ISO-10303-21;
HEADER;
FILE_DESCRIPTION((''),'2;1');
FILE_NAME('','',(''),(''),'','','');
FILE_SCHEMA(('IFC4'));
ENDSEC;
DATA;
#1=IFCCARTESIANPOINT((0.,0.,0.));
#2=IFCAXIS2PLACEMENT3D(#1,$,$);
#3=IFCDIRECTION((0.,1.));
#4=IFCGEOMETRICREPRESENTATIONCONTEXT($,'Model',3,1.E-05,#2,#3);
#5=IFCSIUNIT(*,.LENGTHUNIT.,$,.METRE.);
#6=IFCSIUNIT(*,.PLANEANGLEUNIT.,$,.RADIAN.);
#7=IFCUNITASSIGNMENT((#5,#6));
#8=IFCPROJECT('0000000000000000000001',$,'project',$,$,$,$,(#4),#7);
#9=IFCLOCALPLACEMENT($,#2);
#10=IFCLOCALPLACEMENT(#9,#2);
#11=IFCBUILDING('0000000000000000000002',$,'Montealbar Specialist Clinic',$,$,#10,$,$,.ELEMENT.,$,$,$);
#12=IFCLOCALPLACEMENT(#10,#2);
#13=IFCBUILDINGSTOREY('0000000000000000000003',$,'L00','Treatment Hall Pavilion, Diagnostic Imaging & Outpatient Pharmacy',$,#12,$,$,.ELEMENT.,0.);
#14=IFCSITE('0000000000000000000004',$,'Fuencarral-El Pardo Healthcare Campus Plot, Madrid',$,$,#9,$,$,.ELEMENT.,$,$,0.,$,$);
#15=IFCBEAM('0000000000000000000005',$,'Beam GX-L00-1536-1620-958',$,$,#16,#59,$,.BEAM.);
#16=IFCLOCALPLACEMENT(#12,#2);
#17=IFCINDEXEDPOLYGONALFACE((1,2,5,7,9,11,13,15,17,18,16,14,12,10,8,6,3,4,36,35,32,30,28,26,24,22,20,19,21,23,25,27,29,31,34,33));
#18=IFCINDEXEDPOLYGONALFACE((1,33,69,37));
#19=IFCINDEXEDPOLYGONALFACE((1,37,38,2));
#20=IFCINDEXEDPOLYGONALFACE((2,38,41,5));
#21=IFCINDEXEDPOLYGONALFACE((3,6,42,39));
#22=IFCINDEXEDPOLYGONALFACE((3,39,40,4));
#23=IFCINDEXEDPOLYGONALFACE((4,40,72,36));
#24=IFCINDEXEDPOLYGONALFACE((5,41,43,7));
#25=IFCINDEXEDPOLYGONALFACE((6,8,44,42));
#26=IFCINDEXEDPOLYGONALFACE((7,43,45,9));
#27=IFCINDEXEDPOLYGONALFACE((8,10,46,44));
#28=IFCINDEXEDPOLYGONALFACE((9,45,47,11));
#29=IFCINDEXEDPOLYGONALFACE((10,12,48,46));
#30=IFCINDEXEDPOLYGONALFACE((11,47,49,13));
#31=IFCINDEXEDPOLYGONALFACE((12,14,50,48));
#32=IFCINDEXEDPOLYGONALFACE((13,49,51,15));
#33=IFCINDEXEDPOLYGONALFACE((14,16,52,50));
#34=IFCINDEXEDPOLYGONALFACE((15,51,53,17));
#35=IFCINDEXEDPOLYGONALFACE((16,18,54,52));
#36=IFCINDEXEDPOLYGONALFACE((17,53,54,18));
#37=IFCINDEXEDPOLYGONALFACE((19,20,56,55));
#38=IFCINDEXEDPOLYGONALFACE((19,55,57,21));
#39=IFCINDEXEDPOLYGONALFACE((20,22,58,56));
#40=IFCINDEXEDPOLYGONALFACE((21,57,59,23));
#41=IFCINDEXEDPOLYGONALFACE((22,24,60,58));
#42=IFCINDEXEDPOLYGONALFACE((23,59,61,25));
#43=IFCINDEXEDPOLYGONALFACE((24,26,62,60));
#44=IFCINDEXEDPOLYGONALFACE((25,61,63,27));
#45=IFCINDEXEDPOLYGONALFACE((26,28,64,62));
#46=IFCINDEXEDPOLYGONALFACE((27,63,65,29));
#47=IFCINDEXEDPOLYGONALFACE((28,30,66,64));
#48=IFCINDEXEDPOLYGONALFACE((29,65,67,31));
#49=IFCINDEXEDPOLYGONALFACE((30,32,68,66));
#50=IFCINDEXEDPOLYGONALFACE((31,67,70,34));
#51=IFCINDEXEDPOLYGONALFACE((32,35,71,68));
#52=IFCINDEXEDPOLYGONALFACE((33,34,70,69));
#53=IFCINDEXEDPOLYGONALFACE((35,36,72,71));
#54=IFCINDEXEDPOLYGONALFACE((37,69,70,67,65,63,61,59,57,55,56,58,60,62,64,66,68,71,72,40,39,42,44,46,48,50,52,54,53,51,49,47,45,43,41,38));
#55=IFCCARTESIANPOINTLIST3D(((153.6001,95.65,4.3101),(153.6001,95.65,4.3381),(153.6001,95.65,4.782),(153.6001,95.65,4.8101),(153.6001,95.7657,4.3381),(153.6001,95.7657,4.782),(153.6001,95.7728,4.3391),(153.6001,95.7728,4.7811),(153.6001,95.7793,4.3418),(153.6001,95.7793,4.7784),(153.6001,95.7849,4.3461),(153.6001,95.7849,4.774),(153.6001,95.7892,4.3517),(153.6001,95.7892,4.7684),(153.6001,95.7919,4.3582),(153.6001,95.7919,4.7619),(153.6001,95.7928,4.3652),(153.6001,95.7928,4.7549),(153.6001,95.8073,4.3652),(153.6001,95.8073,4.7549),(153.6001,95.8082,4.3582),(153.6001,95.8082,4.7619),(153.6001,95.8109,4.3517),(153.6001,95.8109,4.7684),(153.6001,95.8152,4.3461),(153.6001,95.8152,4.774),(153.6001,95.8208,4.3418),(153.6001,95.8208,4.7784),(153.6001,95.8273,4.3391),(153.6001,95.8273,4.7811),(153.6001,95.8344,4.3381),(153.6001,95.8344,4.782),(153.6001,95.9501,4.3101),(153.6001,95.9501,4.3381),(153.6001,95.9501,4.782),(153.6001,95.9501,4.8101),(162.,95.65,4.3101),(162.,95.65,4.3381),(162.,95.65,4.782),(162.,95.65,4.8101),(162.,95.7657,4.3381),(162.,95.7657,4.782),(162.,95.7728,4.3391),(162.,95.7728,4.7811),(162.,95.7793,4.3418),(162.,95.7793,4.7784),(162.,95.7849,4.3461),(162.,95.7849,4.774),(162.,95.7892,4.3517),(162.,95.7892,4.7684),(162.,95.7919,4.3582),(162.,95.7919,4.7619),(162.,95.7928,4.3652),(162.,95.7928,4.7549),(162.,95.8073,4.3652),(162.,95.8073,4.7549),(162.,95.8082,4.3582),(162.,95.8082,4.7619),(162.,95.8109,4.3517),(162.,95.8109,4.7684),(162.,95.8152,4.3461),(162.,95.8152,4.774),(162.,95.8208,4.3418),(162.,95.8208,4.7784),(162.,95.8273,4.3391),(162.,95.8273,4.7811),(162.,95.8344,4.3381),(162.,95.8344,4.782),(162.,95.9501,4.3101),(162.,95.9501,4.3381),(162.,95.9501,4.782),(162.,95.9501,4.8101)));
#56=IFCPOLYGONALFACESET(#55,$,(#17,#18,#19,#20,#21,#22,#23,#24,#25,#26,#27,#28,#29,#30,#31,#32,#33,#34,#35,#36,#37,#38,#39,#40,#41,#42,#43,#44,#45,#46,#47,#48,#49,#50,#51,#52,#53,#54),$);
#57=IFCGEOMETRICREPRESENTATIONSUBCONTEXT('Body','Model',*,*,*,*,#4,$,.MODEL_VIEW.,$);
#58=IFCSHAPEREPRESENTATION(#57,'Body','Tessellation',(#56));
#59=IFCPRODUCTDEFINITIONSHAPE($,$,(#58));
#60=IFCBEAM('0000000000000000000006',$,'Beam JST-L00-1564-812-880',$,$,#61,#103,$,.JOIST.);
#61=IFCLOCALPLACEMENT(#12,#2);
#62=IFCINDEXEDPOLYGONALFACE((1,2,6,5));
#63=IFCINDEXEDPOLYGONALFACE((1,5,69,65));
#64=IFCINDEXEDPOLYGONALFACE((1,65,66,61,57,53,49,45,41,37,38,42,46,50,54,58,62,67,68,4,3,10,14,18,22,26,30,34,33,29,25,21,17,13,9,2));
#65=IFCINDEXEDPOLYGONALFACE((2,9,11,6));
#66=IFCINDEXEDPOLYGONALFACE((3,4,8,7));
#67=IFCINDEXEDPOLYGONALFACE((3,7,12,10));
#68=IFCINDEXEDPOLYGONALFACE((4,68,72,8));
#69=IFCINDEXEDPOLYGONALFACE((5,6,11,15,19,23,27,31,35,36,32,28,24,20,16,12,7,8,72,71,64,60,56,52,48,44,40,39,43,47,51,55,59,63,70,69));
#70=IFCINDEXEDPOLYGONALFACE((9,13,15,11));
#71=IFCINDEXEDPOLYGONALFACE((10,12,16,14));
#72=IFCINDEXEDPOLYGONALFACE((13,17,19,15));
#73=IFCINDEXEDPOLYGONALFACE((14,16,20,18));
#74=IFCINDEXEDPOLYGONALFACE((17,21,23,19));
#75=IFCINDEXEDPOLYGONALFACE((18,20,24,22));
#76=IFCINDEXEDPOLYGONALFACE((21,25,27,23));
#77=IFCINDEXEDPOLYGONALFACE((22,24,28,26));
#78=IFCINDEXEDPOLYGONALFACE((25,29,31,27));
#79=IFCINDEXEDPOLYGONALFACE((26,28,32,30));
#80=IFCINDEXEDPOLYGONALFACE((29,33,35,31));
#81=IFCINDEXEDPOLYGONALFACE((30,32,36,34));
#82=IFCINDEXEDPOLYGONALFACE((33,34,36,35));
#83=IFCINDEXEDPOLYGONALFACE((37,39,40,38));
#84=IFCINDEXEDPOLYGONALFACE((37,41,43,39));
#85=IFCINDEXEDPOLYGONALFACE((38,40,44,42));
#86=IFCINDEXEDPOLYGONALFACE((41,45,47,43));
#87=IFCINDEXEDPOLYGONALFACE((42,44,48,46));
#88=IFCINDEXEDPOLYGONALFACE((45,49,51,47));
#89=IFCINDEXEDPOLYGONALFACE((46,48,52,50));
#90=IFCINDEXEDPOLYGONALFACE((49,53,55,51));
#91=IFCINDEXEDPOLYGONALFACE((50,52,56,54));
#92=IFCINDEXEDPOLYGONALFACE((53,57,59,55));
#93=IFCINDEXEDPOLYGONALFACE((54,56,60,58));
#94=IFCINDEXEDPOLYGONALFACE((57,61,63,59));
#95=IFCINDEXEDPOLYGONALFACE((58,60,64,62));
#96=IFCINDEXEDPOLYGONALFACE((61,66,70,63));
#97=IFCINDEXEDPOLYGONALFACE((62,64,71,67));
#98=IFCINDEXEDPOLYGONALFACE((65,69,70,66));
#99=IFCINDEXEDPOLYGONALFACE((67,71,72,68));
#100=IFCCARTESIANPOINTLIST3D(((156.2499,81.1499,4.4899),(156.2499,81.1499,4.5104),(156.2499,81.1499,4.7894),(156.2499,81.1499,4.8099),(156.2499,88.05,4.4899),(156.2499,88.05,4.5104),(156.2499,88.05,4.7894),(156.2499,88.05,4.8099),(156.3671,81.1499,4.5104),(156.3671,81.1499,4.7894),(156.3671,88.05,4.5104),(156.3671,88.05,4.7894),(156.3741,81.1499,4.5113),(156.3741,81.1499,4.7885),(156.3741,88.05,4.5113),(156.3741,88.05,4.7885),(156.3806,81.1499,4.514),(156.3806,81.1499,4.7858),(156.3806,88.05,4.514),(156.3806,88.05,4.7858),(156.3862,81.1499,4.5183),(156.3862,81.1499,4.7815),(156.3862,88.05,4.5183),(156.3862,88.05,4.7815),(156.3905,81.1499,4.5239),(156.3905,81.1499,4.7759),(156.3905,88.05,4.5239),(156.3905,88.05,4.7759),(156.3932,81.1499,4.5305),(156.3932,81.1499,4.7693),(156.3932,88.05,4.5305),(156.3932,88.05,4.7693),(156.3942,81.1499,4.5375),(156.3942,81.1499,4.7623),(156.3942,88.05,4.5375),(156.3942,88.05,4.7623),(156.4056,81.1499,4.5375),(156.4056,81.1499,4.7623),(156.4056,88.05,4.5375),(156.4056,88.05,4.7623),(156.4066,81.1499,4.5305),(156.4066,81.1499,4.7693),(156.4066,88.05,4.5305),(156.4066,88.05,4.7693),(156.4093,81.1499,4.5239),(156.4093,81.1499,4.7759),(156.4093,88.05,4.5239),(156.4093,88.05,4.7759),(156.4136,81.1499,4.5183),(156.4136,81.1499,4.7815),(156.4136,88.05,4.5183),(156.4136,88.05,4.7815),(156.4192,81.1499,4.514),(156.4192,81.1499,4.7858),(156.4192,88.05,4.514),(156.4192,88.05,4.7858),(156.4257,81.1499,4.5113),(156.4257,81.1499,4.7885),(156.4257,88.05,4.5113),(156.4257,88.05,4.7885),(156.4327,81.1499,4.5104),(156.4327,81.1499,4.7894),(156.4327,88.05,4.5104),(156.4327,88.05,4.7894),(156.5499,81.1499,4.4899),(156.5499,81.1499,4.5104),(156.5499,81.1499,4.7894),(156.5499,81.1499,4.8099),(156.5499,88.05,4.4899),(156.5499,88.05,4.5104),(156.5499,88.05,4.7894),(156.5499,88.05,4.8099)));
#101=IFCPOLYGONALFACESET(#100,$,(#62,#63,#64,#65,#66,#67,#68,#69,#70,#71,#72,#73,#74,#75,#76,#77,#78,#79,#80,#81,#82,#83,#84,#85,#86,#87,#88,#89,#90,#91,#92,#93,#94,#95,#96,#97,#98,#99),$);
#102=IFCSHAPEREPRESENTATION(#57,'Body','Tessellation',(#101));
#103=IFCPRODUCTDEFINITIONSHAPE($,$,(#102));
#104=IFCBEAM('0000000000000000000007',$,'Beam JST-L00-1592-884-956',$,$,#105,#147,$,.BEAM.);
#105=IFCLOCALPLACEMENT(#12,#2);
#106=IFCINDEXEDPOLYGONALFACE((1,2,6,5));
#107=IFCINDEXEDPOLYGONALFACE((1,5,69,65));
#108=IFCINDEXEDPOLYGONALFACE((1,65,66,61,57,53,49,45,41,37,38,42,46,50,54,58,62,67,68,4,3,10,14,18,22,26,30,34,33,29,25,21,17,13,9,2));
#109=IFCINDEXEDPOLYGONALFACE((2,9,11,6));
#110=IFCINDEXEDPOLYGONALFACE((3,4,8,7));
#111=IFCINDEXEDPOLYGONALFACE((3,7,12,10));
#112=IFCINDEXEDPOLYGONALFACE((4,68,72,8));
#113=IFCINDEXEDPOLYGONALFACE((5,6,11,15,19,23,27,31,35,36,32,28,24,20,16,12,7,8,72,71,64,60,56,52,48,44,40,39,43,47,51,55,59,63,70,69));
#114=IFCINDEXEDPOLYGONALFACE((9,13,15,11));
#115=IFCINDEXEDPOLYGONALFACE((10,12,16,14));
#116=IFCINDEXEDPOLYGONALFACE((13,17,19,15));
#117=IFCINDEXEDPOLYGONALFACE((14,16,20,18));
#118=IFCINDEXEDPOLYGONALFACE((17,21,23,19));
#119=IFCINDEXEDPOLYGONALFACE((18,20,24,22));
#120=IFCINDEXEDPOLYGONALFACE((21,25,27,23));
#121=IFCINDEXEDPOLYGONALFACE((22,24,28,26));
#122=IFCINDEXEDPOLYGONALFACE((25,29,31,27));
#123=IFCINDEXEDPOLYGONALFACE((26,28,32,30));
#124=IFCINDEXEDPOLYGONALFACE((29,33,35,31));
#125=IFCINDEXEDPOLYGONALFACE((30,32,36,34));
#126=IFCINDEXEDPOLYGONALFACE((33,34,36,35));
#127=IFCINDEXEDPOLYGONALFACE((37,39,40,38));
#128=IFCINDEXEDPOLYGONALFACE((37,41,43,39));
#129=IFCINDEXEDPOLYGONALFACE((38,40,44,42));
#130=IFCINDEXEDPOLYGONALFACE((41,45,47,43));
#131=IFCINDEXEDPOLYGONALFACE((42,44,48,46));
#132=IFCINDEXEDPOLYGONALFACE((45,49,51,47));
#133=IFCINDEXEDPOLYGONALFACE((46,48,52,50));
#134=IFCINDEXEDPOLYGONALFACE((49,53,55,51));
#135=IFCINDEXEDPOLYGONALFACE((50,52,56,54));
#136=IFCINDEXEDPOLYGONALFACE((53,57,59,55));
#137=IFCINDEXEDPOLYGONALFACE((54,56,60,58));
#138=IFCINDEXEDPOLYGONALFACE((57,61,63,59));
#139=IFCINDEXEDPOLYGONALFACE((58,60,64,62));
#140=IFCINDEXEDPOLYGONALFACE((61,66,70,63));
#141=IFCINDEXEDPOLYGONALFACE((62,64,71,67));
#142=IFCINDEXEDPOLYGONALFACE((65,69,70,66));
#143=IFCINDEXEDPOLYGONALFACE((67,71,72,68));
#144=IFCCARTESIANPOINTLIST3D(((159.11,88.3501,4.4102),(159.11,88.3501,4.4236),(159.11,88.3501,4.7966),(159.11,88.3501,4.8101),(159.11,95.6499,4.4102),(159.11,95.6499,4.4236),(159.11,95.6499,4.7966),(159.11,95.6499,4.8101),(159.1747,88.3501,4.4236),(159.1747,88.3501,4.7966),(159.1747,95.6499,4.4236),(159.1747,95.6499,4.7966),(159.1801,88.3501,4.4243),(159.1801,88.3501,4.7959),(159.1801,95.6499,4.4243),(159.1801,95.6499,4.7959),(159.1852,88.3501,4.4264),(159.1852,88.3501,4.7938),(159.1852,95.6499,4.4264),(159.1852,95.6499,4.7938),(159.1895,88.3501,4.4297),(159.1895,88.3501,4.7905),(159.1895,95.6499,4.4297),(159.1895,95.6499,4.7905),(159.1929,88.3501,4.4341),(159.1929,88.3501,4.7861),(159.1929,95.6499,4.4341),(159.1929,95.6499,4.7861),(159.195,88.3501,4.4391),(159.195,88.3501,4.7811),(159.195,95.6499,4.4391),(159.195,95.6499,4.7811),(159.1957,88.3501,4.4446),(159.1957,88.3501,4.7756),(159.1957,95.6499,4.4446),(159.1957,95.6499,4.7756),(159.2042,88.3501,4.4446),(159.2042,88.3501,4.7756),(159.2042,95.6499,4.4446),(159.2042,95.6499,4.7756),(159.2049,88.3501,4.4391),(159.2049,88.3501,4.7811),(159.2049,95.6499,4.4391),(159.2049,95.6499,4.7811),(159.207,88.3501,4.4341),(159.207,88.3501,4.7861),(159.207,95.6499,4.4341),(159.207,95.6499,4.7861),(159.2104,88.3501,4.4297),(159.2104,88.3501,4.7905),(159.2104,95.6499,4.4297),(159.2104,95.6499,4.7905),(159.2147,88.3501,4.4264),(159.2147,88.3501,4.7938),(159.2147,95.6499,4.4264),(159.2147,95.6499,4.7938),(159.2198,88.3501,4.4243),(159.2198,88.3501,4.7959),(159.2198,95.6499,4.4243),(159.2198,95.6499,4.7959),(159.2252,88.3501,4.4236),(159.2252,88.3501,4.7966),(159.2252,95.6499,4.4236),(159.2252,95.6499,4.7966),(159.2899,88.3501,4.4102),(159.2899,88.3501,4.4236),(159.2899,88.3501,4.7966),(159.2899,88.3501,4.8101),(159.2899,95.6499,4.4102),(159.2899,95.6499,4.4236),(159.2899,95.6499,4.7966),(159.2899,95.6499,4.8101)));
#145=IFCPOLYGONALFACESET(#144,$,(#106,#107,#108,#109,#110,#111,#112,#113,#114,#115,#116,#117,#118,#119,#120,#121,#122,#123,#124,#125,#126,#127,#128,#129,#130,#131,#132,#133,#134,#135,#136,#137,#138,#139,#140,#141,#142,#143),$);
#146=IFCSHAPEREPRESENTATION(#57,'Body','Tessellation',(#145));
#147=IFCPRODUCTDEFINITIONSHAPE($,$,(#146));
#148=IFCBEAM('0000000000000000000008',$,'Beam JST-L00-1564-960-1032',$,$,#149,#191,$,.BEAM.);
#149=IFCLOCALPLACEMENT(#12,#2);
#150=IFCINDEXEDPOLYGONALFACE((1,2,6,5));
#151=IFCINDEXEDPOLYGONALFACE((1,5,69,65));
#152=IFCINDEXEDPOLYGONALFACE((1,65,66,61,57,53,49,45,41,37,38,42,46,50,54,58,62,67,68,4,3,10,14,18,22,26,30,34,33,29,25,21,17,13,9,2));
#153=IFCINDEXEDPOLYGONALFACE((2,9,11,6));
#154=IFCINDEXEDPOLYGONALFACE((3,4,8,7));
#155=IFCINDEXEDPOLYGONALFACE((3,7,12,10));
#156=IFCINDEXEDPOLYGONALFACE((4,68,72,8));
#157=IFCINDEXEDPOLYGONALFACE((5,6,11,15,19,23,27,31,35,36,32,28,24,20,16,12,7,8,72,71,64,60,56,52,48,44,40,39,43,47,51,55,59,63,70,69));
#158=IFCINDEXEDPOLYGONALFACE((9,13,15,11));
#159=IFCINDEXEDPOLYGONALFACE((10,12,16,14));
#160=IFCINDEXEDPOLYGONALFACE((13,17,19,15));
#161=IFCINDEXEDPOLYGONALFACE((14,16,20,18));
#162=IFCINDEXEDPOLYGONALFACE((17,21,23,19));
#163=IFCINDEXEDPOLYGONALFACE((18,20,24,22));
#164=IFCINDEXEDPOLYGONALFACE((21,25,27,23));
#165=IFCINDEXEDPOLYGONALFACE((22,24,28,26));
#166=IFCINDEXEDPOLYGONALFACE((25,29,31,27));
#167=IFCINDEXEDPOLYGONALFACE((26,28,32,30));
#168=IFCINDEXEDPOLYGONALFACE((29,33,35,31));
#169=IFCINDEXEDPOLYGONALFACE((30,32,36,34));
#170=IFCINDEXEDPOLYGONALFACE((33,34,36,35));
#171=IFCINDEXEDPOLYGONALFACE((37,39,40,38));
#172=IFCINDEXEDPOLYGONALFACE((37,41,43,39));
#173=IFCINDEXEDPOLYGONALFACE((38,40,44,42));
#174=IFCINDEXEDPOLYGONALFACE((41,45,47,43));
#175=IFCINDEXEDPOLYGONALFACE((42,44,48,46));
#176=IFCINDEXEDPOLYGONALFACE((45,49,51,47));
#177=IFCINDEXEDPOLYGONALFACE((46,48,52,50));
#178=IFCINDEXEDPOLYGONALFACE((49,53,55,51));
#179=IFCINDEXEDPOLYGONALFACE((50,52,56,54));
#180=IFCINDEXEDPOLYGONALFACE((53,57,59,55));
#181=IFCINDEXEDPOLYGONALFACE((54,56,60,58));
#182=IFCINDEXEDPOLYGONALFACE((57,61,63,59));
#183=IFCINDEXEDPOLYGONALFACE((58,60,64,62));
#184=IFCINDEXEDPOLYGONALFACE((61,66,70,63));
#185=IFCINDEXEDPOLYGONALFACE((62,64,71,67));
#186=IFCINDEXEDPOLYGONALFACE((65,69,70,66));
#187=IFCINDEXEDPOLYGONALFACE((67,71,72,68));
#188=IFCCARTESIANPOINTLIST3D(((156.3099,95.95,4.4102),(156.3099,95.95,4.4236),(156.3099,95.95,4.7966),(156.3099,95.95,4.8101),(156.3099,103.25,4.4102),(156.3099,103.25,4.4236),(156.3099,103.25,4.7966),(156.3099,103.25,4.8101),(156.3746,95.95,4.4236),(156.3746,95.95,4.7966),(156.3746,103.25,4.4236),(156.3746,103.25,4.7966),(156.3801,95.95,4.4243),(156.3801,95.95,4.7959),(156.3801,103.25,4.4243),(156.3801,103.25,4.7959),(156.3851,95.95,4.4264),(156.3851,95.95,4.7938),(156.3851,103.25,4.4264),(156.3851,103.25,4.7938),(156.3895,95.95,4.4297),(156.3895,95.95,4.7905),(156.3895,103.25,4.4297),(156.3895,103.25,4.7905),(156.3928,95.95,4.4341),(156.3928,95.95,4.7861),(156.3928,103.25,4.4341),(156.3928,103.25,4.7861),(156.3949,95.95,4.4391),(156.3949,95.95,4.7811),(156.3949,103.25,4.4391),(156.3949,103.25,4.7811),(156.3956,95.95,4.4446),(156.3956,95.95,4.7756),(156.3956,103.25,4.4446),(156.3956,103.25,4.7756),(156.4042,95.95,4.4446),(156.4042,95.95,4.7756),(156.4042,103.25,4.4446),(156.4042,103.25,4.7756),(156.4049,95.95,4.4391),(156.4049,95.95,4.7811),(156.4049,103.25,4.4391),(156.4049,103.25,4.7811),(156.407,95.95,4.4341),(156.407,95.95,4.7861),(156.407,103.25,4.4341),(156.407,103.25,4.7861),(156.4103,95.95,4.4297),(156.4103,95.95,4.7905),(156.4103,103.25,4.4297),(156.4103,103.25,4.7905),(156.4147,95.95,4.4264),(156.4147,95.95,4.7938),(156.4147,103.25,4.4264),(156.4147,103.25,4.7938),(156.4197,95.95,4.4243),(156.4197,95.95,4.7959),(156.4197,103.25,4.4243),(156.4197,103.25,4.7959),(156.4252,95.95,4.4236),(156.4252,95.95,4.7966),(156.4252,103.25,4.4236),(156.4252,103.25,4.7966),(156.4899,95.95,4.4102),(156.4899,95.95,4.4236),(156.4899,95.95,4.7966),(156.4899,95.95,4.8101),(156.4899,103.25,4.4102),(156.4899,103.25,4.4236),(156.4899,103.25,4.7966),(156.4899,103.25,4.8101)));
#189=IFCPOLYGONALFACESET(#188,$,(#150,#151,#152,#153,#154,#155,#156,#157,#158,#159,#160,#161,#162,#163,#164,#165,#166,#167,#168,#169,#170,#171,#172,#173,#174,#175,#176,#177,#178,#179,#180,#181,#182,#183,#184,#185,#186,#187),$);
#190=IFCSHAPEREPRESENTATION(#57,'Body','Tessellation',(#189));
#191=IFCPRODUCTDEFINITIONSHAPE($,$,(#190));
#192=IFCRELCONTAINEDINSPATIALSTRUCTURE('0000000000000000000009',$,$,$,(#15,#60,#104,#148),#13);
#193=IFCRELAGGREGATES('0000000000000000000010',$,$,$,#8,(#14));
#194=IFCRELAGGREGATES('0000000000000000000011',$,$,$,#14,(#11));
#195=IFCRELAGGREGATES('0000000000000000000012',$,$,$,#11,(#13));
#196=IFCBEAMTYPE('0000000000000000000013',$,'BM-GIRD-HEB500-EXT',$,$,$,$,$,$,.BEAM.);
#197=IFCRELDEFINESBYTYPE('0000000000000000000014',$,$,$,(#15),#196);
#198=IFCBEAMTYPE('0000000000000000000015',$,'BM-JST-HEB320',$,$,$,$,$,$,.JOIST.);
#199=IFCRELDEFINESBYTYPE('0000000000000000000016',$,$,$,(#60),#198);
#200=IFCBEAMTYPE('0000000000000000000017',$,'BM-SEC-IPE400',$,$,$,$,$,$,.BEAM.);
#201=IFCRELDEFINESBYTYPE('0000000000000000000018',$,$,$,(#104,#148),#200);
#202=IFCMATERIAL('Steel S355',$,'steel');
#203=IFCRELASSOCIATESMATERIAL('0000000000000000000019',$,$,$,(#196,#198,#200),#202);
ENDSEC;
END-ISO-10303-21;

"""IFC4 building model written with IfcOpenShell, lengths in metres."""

from ifc_helpers import new_model, si_unit, direction, frame, origin, origin_2d, place, context, subcontext, project, spatial, i_section, extrude, material, material_profile, profile_set, type_object, element, save


model = new_model("IFC4")

# Units and contexts
model_context = context("Model", 3, precision=1e-05, world=origin(), true_north=direction((0.0, 1.0)))
body_context = subcontext(model_context, "Body", "Model", "MODEL_VIEW")
ifc_project = project(units=[si_unit("LENGTHUNIT", "METRE"), si_unit("PLANEANGLEUNIT", "RADIAN")], contexts=[model_context])

# Site, building, storey
site_placement = place(None, origin())
site = spatial("IfcSite", under=ifc_project, at=site_placement, Name="Fuencarral-El Pardo Healthcare Campus Plot, Madrid", CompositionType="ELEMENT", RefElevation=0.0)
building_placement = place(site_placement, origin())
building = spatial("IfcBuilding", under=site, at=building_placement, Name="Montealbar Specialist Clinic", CompositionType="ELEMENT")
storey_placement = place(building_placement, origin())
storey = spatial("IfcBuildingStorey", under=building, at=storey_placement, Name="L00", Description="Treatment Hall Pavilion, Diagnostic Imaging & Outpatient Pharmacy", CompositionType="ELEMENT", Elevation=0.0)

# Shared definitions
ifc_material_1 = material(Name="Steel S355", Category="steel")

# Beams
ifc_material_profile_1 = material_profile(ifc_material_1, i_section(OverallWidth=0.3, OverallDepth=0.5, WebThickness=0.0144, FlangeThickness=0.0281, FilletRadius=0.0271, at=origin_2d()), Name="HEB 500", Category="steel")
ifc_profile_set_1 = profile_set([ifc_material_profile_1], Name="Steel S355")
beam_type_1 = type_object("IfcBeamType", Name="BM-GIRD-HEB500-EXT", PredefinedType="BEAM", material=ifc_profile_set_1)
for number, where, z_axis, x_axis, name in (
    (1, (153.6001, 95.8, 4.5601), (1.0, 0.0, 0.0), (0.0, 1.0, 0.0), "Beam GX-L00-1536-1620-958"),
):
    element("IfcBeam", number, at=place(storey_placement, frame(where, z_axis=z_axis, x_axis=x_axis)), inside=storey, type_object=beam_type_1, Name=name, PredefinedType="BEAM", context=body_context, shape_type="SweptSolid", body=[
        extrude(i_section(OverallWidth=0.3, OverallDepth=0.5, WebThickness=0.0144, FlangeThickness=0.0281, FilletRadius=0.0271, at=origin_2d()), origin(), (0.0, 0.0, 1.0), 8.3999),
    ])
ifc_material_profile_2 = material_profile(ifc_material_1, i_section(OverallWidth=0.3, OverallDepth=0.3201, WebThickness=0.0115, FlangeThickness=0.0205, FilletRadius=0.0271, at=origin_2d()), Name="HEB 320", Category="steel")
ifc_profile_set_2 = profile_set([ifc_material_profile_2], Name="Steel S355")
beam_type_2 = type_object("IfcBeamType", Name="BM-JST-HEB320", PredefinedType="JOIST", material=ifc_profile_set_2)
beam_1_placement = place(storey_placement, frame((156.3999, 81.1499, 4.6499), z_axis=(0.0, 1.0, 0.0), x_axis=(-1.0, 0.0, 0.0)))
element("IfcBeam", 2, at=beam_1_placement, inside=storey, type_object=beam_type_2, Name="Beam JST-L00-1564-812-880", PredefinedType="JOIST", context=body_context, shape_type="SweptSolid", body=[
    extrude(i_section(OverallWidth=0.3, OverallDepth=0.3201, WebThickness=0.0115, FlangeThickness=0.0205, FilletRadius=0.0271, at=origin_2d()), origin(), (0.0, 0.0, 1.0), 6.9001),
])
ifc_material_profile_3 = material_profile(ifc_material_1, i_section(OverallWidth=0.1799, OverallDepth=0.3999, WebThickness=0.0085, FlangeThickness=0.0134, FilletRadius=0.021, at=origin_2d()), Name="IPE 400", Category="steel")
ifc_profile_set_3 = profile_set([ifc_material_profile_3], Name="Steel S355")
beam_type_3 = type_object("IfcBeamType", Name="BM-SEC-IPE400", PredefinedType="BEAM", material=ifc_profile_set_3)
beam_2_placement = place(storey_placement, frame((159.2, 88.3501, 4.6101), z_axis=(0.0, 1.0, 0.0), x_axis=(-1.0, 0.0, 0.0)))
element("IfcBeam", 3, at=beam_2_placement, inside=storey, type_object=beam_type_3, Name="Beam JST-L00-1592-884-956", PredefinedType="BEAM", context=body_context, shape_type="SweptSolid", body=[
    extrude(i_section(OverallWidth=0.1799, OverallDepth=0.3999, WebThickness=0.0085, FlangeThickness=0.0134, FilletRadius=0.021, at=origin_2d()), origin(), (0.0, 0.0, 1.0), 7.2998),
])
beam_3_placement = place(storey_placement, frame((156.3999, 95.95, 4.6101), z_axis=(0.0, 1.0, 0.0), x_axis=(-1.0, 0.0, 0.0)))
element("IfcBeam", 4, at=beam_3_placement, inside=storey, type_object=beam_type_3, Name="Beam JST-L00-1564-960-1032", PredefinedType="BEAM", context=body_context, shape_type="SweptSolid", body=[
    extrude(i_section(OverallWidth=0.1799, OverallDepth=0.3999, WebThickness=0.0085, FlangeThickness=0.0134, FilletRadius=0.021, at=origin_2d()), origin(), (0.0, 0.0, 1.0), 7.3),
])

save(model, "model.ifc")
